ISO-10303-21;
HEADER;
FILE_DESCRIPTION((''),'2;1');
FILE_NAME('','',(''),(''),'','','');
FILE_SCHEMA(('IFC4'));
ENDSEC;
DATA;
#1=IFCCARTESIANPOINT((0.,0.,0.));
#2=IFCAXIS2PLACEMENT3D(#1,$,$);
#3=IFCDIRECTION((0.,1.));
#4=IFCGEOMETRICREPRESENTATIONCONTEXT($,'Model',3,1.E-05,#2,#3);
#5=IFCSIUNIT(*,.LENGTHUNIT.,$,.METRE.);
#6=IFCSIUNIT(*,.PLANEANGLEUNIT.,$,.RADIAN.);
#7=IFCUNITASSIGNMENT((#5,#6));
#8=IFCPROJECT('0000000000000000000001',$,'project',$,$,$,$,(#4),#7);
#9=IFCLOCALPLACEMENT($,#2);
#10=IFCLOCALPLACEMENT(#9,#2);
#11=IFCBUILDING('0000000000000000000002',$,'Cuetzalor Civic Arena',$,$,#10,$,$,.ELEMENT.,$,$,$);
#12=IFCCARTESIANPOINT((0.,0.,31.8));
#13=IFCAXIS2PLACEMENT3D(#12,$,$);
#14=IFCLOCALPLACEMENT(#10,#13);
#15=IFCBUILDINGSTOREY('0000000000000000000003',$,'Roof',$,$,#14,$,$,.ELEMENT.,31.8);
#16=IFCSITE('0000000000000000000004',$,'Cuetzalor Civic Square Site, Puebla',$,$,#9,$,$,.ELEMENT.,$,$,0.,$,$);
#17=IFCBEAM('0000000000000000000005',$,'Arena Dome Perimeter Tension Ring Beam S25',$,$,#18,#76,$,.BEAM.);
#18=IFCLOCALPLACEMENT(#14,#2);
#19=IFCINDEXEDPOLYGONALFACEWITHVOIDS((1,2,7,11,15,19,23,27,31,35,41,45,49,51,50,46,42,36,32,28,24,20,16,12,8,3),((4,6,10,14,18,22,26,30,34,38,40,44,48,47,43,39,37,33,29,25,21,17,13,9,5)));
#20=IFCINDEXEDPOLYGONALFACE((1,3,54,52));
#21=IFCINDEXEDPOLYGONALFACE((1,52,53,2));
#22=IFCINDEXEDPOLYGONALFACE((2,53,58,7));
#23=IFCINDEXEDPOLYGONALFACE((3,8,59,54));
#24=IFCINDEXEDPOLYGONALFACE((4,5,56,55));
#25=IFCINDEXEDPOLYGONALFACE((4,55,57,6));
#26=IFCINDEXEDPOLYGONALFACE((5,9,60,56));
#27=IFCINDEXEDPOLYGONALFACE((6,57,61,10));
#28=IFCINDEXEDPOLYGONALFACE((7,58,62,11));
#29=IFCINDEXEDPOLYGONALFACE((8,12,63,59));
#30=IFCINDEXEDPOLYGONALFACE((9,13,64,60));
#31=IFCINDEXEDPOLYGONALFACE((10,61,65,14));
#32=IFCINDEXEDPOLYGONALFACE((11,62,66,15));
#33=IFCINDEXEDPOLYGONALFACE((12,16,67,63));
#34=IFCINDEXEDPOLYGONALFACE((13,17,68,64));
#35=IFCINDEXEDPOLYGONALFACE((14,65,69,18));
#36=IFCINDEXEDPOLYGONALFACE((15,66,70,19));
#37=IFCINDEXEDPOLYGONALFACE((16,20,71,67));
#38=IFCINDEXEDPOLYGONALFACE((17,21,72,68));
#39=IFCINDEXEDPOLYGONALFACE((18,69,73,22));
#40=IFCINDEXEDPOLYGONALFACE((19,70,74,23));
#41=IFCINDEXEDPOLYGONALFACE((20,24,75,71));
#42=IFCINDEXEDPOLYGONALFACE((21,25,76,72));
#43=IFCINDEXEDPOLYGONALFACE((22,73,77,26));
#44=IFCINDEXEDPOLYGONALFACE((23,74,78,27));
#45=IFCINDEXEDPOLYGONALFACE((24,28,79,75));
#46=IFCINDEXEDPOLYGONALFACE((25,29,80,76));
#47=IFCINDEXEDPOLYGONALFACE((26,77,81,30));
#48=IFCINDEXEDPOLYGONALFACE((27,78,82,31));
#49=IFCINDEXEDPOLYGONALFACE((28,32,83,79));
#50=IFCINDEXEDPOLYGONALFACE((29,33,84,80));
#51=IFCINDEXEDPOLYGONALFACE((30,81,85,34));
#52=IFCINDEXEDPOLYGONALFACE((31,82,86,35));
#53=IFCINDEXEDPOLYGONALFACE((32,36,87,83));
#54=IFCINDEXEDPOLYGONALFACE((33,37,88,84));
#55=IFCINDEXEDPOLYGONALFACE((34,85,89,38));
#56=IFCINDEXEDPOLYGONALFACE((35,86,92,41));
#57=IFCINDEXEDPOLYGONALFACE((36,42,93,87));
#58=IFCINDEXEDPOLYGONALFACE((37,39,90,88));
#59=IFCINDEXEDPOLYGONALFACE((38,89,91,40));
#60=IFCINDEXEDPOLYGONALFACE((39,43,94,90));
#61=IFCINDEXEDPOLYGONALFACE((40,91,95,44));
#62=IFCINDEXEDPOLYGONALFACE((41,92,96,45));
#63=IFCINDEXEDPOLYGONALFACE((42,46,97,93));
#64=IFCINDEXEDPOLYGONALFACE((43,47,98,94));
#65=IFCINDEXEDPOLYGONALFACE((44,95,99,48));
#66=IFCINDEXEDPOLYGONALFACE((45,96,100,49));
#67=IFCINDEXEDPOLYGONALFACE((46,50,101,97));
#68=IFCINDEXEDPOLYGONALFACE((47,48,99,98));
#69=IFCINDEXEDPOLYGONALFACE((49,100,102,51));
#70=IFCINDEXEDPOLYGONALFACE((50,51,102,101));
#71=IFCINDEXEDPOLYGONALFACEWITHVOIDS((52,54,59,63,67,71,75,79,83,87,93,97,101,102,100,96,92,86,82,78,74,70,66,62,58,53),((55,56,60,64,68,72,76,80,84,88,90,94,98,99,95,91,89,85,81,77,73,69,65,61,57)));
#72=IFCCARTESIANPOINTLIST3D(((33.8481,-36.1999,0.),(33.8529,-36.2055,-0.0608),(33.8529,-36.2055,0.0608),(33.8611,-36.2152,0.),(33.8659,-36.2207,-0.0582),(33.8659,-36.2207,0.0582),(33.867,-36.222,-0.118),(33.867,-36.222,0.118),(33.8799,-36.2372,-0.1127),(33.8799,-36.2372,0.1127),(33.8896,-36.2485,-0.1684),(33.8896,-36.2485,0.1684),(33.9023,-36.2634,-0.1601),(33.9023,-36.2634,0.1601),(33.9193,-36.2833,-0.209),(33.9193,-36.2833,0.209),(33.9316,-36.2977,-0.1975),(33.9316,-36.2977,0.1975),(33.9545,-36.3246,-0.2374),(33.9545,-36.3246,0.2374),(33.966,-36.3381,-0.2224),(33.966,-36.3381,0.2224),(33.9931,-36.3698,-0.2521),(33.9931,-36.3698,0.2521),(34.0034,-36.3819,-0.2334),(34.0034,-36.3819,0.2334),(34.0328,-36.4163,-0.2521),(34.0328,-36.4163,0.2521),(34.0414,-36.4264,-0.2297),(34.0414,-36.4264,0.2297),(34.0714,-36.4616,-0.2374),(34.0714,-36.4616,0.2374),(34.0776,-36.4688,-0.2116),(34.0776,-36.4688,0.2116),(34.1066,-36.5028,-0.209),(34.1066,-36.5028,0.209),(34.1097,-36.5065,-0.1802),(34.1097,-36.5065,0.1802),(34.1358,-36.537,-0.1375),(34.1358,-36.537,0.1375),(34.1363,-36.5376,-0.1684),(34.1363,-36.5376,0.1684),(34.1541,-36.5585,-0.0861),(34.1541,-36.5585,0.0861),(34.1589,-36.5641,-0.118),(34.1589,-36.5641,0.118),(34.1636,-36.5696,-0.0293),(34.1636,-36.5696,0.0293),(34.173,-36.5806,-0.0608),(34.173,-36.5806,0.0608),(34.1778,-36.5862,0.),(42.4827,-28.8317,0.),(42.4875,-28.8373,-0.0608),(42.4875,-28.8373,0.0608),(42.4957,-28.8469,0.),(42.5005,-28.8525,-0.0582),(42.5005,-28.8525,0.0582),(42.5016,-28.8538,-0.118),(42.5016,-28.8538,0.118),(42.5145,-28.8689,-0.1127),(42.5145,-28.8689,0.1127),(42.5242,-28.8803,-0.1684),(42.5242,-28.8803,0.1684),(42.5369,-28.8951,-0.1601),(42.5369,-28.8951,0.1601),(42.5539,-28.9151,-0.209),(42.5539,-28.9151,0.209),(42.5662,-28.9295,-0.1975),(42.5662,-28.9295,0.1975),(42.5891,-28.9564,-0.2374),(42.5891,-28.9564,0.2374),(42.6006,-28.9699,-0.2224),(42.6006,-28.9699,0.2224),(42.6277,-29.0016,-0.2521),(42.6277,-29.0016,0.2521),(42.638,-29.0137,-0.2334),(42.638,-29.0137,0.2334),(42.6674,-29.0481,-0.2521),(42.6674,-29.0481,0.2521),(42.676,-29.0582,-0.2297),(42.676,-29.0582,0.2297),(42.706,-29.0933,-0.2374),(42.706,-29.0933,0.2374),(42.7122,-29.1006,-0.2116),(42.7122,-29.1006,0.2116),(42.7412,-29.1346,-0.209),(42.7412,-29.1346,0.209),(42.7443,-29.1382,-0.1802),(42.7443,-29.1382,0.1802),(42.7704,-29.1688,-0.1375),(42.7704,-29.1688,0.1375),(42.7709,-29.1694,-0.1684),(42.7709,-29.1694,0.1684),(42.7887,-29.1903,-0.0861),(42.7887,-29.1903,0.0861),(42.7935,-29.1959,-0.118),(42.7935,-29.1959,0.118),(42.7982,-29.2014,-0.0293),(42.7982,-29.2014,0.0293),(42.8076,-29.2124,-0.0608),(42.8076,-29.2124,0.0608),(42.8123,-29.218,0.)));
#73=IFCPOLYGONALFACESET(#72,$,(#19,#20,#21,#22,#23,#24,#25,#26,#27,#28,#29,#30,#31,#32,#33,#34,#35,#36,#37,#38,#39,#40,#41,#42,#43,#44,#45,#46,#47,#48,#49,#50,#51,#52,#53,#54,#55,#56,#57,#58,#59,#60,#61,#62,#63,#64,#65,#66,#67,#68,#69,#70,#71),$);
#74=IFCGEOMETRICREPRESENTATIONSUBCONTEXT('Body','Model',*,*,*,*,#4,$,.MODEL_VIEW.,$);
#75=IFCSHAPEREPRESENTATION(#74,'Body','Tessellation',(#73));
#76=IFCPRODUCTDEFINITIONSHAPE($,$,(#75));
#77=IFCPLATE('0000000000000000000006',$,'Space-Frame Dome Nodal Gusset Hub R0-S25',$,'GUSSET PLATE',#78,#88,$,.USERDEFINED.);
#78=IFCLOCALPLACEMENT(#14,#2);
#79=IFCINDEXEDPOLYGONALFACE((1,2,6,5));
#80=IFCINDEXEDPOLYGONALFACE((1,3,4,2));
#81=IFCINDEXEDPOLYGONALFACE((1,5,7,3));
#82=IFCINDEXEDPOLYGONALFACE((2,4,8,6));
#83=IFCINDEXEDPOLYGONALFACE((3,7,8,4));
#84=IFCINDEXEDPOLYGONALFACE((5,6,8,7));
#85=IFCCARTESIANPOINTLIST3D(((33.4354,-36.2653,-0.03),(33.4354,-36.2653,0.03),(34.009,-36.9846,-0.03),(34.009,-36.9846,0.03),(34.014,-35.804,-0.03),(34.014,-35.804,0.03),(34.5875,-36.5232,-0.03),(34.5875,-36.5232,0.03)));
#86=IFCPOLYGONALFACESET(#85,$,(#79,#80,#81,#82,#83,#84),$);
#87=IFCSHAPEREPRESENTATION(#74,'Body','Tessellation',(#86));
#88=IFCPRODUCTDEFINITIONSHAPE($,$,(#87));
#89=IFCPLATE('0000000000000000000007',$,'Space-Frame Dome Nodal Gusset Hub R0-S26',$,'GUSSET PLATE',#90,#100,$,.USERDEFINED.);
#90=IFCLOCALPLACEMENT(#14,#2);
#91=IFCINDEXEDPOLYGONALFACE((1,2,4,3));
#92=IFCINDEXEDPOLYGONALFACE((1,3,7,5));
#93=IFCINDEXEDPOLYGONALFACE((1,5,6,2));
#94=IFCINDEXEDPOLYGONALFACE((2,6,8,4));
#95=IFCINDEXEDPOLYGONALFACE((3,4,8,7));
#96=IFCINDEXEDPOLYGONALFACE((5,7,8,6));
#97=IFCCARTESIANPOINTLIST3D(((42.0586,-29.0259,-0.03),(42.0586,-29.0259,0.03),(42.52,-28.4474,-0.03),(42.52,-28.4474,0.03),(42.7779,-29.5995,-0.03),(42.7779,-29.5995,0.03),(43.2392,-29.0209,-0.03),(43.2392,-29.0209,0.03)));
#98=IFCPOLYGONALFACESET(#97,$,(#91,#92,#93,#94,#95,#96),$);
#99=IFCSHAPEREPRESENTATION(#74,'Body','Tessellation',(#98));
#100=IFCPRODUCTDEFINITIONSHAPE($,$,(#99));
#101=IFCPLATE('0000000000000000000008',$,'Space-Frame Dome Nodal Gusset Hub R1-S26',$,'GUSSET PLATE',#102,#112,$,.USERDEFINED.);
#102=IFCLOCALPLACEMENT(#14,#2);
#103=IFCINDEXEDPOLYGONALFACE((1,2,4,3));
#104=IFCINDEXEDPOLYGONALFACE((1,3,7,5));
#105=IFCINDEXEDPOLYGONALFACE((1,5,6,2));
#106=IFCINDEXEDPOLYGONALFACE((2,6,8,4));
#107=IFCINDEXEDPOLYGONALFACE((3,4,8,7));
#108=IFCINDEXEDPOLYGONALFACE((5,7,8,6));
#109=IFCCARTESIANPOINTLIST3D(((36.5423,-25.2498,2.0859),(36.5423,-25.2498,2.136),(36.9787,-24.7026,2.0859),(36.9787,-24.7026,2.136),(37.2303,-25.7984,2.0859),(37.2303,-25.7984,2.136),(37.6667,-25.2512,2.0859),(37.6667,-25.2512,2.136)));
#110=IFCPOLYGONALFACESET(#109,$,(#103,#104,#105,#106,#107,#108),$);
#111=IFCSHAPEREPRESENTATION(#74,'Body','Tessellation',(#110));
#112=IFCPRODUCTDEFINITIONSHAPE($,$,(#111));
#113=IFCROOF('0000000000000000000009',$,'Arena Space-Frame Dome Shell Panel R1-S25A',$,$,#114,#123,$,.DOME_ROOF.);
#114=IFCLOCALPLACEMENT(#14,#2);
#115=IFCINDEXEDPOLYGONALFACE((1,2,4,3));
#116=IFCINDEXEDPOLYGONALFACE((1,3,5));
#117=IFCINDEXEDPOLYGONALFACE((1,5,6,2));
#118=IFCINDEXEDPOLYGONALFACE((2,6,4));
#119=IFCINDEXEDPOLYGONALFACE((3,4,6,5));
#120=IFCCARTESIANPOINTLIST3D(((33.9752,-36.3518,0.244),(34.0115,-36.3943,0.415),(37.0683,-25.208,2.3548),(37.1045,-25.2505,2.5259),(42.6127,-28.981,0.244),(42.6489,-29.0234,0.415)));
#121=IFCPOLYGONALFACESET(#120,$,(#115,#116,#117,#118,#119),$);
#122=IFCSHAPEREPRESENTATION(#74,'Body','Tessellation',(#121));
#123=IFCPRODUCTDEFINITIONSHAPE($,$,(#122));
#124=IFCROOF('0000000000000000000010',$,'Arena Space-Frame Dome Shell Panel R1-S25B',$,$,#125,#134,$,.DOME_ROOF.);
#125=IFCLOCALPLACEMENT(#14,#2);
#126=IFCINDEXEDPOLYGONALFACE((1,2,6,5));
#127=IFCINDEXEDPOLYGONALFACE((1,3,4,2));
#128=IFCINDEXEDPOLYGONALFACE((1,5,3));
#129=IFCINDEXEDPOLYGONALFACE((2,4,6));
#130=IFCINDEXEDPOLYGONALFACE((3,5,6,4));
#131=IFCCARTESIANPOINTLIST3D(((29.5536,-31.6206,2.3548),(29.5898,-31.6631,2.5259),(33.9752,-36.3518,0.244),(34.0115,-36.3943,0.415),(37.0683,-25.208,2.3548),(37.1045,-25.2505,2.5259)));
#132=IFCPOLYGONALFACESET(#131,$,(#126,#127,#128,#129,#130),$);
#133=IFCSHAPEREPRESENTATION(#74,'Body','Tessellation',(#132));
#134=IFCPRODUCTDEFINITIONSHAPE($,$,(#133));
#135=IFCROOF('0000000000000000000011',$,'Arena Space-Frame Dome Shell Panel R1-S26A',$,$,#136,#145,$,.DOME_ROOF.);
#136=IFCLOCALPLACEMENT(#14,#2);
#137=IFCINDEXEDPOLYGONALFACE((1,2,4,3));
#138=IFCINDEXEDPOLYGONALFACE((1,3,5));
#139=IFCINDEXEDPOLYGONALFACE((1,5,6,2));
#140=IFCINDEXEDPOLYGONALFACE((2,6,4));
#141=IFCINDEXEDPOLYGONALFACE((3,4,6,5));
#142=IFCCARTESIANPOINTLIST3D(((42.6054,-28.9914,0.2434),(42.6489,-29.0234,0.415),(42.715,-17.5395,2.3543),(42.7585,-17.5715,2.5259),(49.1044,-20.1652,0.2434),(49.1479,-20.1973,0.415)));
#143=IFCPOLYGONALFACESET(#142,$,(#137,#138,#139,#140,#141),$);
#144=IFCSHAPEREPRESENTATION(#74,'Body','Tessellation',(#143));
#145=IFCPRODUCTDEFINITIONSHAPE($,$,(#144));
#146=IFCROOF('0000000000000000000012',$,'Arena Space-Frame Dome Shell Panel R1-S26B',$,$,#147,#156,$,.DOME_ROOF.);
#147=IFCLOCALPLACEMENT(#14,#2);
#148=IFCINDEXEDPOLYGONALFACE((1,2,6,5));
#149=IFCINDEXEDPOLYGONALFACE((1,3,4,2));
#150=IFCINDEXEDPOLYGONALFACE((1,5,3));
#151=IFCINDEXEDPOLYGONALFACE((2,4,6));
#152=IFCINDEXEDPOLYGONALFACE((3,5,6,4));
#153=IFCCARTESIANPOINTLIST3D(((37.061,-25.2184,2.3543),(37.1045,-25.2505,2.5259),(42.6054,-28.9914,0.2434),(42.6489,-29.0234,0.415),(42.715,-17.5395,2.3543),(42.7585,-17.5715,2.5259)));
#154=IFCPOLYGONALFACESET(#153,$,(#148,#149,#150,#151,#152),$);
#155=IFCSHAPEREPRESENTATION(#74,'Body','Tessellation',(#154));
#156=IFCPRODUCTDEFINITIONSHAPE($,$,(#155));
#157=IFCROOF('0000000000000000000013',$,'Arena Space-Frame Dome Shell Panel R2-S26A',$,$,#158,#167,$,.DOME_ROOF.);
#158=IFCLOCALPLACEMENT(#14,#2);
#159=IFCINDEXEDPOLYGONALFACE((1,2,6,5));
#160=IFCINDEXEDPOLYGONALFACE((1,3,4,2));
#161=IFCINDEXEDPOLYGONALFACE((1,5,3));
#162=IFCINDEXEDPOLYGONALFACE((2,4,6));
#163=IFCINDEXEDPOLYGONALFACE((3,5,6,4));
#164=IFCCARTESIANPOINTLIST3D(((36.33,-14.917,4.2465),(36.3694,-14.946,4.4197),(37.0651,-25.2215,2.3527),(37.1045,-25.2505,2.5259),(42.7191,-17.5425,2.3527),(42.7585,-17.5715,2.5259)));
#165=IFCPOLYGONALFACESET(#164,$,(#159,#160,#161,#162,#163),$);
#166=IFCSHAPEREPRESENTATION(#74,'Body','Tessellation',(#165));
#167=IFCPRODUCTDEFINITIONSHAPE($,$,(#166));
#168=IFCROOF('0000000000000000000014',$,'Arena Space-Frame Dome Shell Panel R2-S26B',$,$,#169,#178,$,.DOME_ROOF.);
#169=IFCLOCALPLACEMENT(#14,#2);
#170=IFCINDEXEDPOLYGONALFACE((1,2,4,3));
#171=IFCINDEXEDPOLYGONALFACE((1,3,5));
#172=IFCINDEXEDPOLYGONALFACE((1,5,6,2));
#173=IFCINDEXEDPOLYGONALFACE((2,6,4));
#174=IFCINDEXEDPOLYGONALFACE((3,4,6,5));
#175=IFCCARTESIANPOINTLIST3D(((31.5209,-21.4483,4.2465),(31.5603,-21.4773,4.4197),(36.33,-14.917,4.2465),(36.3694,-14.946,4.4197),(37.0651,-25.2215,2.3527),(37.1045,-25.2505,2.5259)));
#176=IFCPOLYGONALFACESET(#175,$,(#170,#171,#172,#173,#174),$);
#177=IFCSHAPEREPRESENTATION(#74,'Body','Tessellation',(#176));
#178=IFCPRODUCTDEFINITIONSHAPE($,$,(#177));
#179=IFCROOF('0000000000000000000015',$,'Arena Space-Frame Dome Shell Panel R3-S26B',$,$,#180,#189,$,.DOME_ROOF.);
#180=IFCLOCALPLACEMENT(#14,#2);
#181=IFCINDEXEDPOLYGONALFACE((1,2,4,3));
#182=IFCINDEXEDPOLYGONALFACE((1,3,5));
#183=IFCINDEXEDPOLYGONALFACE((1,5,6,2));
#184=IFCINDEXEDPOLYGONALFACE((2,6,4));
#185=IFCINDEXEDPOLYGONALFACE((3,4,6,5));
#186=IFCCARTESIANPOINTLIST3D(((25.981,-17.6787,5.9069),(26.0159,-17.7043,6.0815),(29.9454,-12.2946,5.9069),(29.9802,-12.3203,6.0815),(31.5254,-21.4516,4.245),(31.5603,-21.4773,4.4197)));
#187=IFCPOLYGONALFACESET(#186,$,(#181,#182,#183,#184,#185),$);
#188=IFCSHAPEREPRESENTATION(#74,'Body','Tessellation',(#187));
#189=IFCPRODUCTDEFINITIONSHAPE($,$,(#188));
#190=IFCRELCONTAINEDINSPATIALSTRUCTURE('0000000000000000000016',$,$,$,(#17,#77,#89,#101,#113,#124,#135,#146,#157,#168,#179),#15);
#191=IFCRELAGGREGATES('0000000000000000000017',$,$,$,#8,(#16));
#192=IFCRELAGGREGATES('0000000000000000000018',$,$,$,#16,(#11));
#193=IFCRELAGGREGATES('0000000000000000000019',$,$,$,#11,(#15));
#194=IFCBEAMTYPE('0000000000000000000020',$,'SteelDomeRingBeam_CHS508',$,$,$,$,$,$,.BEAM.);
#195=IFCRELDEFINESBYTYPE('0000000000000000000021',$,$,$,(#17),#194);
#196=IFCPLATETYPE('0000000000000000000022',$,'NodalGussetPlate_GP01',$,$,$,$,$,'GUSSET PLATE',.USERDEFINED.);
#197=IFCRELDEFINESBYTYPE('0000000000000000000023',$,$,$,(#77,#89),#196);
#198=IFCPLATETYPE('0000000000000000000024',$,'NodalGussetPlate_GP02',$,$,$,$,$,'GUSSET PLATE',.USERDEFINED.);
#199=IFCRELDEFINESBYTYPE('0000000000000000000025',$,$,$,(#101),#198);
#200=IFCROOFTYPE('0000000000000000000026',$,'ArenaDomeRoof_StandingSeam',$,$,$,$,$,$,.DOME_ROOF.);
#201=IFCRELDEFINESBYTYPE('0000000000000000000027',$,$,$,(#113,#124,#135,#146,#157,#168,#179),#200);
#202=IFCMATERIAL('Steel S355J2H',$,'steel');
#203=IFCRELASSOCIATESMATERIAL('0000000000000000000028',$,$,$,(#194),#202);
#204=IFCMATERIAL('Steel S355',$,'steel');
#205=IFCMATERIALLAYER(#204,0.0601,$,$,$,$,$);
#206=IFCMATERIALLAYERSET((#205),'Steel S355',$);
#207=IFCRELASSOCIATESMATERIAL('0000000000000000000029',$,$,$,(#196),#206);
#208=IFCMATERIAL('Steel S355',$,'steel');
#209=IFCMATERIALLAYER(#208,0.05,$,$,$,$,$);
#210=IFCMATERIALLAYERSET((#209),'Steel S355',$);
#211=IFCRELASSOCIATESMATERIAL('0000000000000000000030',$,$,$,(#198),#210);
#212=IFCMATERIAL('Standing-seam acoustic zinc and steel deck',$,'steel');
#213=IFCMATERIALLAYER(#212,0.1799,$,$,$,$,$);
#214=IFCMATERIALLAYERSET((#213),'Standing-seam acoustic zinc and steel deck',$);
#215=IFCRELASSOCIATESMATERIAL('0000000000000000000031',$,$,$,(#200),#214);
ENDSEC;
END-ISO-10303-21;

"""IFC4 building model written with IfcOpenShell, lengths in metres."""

from ifc_helpers import new_model, si_unit, direction, frame, origin, origin_2d, place, context, subcontext, project, spatial, polyline, rectangle, hollow_circle, outline, extrude, material, layer, layer_set, material_profile, profile_set, type_object, element, save


model = new_model("IFC4")

# Units and contexts
model_context = context("Model", 3, precision=1e-05, world=origin(), true_north=direction((0.0, 1.0)))
body_context = subcontext(model_context, "Body", "Model", "MODEL_VIEW")
ifc_project = project(units=[si_unit("LENGTHUNIT", "METRE"), si_unit("PLANEANGLEUNIT", "RADIAN")], contexts=[model_context])

# Site, building, storey
site_placement = place(None, origin())
site = spatial("IfcSite", under=ifc_project, at=site_placement, Name="Cuetzalor Civic Square Site, Puebla", CompositionType="ELEMENT", RefElevation=0.0)
building_placement = place(site_placement, origin())
building = spatial("IfcBuilding", under=site, at=building_placement, Name="Cuetzalor Civic Arena", CompositionType="ELEMENT")
storey_placement = place(building_placement, frame((0.0, 0.0, 31.8)))
storey = spatial("IfcBuildingStorey", under=building, at=storey_placement, Name="Roof", CompositionType="ELEMENT", Elevation=31.8)

# Beam
ifc_material_1 = material(Name="Steel S355J2H", Category="steel")
ifc_material_profile_1 = material_profile(ifc_material_1, hollow_circle(Radius=0.2539, WallThickness=0.02, at=origin_2d()), Name="CHS 508x20")
ifc_profile_set_1 = profile_set([ifc_material_profile_1], Name="Steel S355J2H")
beam_type = type_object("IfcBeamType", Name="SteelDomeRingBeam_CHS508", PredefinedType="BEAM", material=ifc_profile_set_1)
beam_placement = place(storey_placement, frame((34.0129, -36.3931, 0.0), z_axis=(0.760685, 0.649121, 0.0), x_axis=(-0.649121, 0.760685, 0.0)))
element("IfcBeam", 1, at=beam_placement, inside=storey, type_object=beam_type, Name="Arena Dome Perimeter Tension Ring Beam S25", PredefinedType="BEAM", context=body_context, shape_type="SweptSolid", body=[
    extrude(hollow_circle(Radius=0.2539, WallThickness=0.02, at=origin_2d()), origin(), (0.0, 0.0, 1.0), 11.3511),
])

# Plates
ifc_material_2 = material(Name="Steel S355", Category="steel")
ifc_layer_1 = layer(ifc_material_2, 0.0601)
ifc_layer_set_1 = layer_set([ifc_layer_1], Name="Steel S355")
plate_type_1 = type_object("IfcPlateType", Name="NodalGussetPlate_GP01", ElementType="GUSSET PLATE", PredefinedType="USERDEFINED", material=ifc_layer_set_1)
for number, where, z_axis, x_axis, name in (
    (2, (34.0115, -36.3943, -0.03), (0.0, 0.0, 1.0), (0.62347, -0.781847, 0.0), "Space-Frame Dome Nodal Gusset Hub R0-S25"),
    (3, (42.6489, -29.0234, -0.03), (0.0, 0.0, 1.0), (0.781847, -0.62347, 0.0), "Space-Frame Dome Nodal Gusset Hub R0-S26"),
):
    element("IfcPlate", number, at=place(storey_placement, frame(where, z_axis=z_axis, x_axis=x_axis)), inside=storey, type_object=plate_type_1, Name=name, ObjectType="GUSSET PLATE", PredefinedType="USERDEFINED", context=body_context, shape_type="SweptSolid", body=[
        extrude(rectangle(XDim=0.9199, YDim=0.74, at=origin_2d()), origin(), (0.0, 0.0, 1.0), 0.0601),
    ])
ifc_material_3 = material(Name="Steel S355", Category="steel")
ifc_layer_2 = layer(ifc_material_3, 0.05)
ifc_layer_set_2 = layer_set([ifc_layer_2], Name="Steel S355")
plate_type_2 = type_object("IfcPlateType", Name="NodalGussetPlate_GP02", ElementType="GUSSET PLATE", PredefinedType="USERDEFINED", material=ifc_layer_set_2)
plate_placement = place(storey_placement, frame((37.1045, -25.2505, 2.0859), z_axis=(0.0, 0.0, 1.0), x_axis=(0.781847, -0.62347, 0.0)))
element("IfcPlate", 4, at=plate_placement, inside=storey, type_object=plate_type_2, Name="Space-Frame Dome Nodal Gusset Hub R1-S26", ObjectType="GUSSET PLATE", PredefinedType="USERDEFINED", context=body_context, shape_type="SweptSolid", body=[
    extrude(rectangle(XDim=0.8799, YDim=0.7, at=origin_2d()), origin(), (0.0, 0.0, 1.0), 0.05),
])

# Roofs
ifc_material_4 = material(Name="Standing-seam acoustic zinc and steel deck", Category="steel")
ifc_layer_3 = layer(ifc_material_4, 0.1799)
ifc_layer_set_3 = layer_set([ifc_layer_3], Name="Standing-seam acoustic zinc and steel deck")
roof_type = type_object("IfcRoofType", Name="ArenaDomeRoof_StandingSeam", PredefinedType="DOME_ROOF", material=ifc_layer_set_3)
roof_1_placement = place(storey_placement, frame((34.0115, -36.3943, 0.415), z_axis=(0.201362, -0.235963, 0.950671), x_axis=(0.760677, 0.649131, 0.0)))
element("IfcRoof", 5, at=roof_1_placement, inside=storey, type_object=roof_type, Name="Arena Space-Frame Dome Shell Panel R1-S25A", PredefinedType="DOME_ROOF", context=body_context, shape_type="SweptSolid", body=[
    extrude(outline(polyline([(0.0, 0.0), (11.355, 0.0), (9.5866, 6.8047), (0.0, 0.0)])), origin(), (0.0, 0.0, -1.0), 0.1799),
])
roof_2_placement = place(storey_placement, frame((34.0115, -36.3943, 0.415), z_axis=(0.201358, -0.235963, 0.950672), x_axis=(0.263098, 0.947914, 0.179552)))
element("IfcRoof", 6, at=roof_2_placement, inside=storey, type_object=roof_type, Name="Arena Space-Frame Dome Shell Panel R1-S25B", PredefinedType="DOME_ROOF", context=body_context, shape_type="SweptSolid", body=[
    extrude(outline(polyline([(0.0, 0.0), (11.7561, 0.0), (3.7005, 5.7182), (0.0, 0.0)])), origin(), (0.0, 0.0, -1.0), 0.1799),
])
roof_3_placement = place(storey_placement, frame((42.6489, -29.0234, 0.415), z_axis=(0.241906, -0.178124, 0.95381), x_axis=(0.592935, 0.805251, 0.0)))
element("IfcRoof", 7, at=roof_3_placement, inside=storey, type_object=roof_type, Name="Arena Space-Frame Dome Shell Panel R1-S26A", PredefinedType="DOME_ROOF", context=body_context, shape_type="SweptSolid", body=[
    extrude(outline(polyline([(0.0, 0.0), (10.9608, 0.0), (9.2867, 7.0265), (0.0, 0.0)])), origin(), (0.0, 0.0, -1.0), 0.1799),
])
roof_4_placement = place(storey_placement, frame((42.6489, -29.0234, 0.415), z_axis=(0.241915, -0.178124, 0.953808), x_axis=(0.009413, 0.98339, 0.181261)))
element("IfcRoof", 8, at=roof_4_placement, inside=storey, type_object=roof_type, Name="Arena Space-Frame Dome Shell Panel R1-S26B", PredefinedType="DOME_ROOF", context=body_context, shape_type="SweptSolid", body=[
    extrude(outline(polyline([(0.0, 0.0), (11.6453, 0.0), (4.0407, 5.7536), (0.0, 0.0)])), origin(), (0.0, 0.0, -1.0), 0.1799),
])
roof_5_placement = place(storey_placement, frame((37.1045, -25.2505, 2.5259), z_axis=(0.218981, -0.161237, 0.962315), x_axis=(0.592919, 0.805262, 0.0)))
element("IfcRoof", 9, at=roof_5_placement, inside=storey, type_object=roof_type, Name="Arena Space-Frame Dome Shell Panel R2-S26A", PredefinedType="DOME_ROOF", context=body_context, shape_type="SweptSolid", body=[
    extrude(outline(polyline([(0.0, 0.0), (9.536, 0.0), (7.8619, 6.9641), (0.0, 0.0)])), origin(), (0.0, 0.0, -1.0), 0.1799),
])
roof_6_placement = place(storey_placement, frame((37.1045, -25.2505, 2.5259), z_axis=(0.218978, -0.161237, 0.962316), x_axis=(-0.069992, 0.981116, 0.180314)))
element("IfcRoof", 10, at=roof_6_placement, inside=storey, type_object=roof_type, Name="Arena Space-Frame Dome Shell Panel R2-S26B", PredefinedType="DOME_ROOF", context=body_context, shape_type="SweptSolid", body=[
    extrude(outline(polyline([(0.0, 0.0), (10.5028, 0.0), (4.4315, 5.3781), (0.0, 0.0)])), origin(), (0.0, 0.0, -1.0), 0.1799),
])
roof_7_placement = place(storey_placement, frame((31.5603, -21.4773, 4.4197), z_axis=(0.193813, -0.142708, 0.970603), x_axis=(-0.167386, 0.970046, 0.17605)))
element("IfcRoof", 11, at=roof_7_placement, inside=storey, type_object=roof_type, Name="Arena Space-Frame Dome Shell Panel R3-S26B", PredefinedType="DOME_ROOF", context=body_context, shape_type="SweptSolid", body=[
    extrude(outline(polyline([(0.0, 0.0), (9.4397, 0.0), (4.8806, 4.8906), (0.0, 0.0)])), origin(), (0.0, 0.0, -1.0), 0.1799),
])

save(model, "model.ifc")
